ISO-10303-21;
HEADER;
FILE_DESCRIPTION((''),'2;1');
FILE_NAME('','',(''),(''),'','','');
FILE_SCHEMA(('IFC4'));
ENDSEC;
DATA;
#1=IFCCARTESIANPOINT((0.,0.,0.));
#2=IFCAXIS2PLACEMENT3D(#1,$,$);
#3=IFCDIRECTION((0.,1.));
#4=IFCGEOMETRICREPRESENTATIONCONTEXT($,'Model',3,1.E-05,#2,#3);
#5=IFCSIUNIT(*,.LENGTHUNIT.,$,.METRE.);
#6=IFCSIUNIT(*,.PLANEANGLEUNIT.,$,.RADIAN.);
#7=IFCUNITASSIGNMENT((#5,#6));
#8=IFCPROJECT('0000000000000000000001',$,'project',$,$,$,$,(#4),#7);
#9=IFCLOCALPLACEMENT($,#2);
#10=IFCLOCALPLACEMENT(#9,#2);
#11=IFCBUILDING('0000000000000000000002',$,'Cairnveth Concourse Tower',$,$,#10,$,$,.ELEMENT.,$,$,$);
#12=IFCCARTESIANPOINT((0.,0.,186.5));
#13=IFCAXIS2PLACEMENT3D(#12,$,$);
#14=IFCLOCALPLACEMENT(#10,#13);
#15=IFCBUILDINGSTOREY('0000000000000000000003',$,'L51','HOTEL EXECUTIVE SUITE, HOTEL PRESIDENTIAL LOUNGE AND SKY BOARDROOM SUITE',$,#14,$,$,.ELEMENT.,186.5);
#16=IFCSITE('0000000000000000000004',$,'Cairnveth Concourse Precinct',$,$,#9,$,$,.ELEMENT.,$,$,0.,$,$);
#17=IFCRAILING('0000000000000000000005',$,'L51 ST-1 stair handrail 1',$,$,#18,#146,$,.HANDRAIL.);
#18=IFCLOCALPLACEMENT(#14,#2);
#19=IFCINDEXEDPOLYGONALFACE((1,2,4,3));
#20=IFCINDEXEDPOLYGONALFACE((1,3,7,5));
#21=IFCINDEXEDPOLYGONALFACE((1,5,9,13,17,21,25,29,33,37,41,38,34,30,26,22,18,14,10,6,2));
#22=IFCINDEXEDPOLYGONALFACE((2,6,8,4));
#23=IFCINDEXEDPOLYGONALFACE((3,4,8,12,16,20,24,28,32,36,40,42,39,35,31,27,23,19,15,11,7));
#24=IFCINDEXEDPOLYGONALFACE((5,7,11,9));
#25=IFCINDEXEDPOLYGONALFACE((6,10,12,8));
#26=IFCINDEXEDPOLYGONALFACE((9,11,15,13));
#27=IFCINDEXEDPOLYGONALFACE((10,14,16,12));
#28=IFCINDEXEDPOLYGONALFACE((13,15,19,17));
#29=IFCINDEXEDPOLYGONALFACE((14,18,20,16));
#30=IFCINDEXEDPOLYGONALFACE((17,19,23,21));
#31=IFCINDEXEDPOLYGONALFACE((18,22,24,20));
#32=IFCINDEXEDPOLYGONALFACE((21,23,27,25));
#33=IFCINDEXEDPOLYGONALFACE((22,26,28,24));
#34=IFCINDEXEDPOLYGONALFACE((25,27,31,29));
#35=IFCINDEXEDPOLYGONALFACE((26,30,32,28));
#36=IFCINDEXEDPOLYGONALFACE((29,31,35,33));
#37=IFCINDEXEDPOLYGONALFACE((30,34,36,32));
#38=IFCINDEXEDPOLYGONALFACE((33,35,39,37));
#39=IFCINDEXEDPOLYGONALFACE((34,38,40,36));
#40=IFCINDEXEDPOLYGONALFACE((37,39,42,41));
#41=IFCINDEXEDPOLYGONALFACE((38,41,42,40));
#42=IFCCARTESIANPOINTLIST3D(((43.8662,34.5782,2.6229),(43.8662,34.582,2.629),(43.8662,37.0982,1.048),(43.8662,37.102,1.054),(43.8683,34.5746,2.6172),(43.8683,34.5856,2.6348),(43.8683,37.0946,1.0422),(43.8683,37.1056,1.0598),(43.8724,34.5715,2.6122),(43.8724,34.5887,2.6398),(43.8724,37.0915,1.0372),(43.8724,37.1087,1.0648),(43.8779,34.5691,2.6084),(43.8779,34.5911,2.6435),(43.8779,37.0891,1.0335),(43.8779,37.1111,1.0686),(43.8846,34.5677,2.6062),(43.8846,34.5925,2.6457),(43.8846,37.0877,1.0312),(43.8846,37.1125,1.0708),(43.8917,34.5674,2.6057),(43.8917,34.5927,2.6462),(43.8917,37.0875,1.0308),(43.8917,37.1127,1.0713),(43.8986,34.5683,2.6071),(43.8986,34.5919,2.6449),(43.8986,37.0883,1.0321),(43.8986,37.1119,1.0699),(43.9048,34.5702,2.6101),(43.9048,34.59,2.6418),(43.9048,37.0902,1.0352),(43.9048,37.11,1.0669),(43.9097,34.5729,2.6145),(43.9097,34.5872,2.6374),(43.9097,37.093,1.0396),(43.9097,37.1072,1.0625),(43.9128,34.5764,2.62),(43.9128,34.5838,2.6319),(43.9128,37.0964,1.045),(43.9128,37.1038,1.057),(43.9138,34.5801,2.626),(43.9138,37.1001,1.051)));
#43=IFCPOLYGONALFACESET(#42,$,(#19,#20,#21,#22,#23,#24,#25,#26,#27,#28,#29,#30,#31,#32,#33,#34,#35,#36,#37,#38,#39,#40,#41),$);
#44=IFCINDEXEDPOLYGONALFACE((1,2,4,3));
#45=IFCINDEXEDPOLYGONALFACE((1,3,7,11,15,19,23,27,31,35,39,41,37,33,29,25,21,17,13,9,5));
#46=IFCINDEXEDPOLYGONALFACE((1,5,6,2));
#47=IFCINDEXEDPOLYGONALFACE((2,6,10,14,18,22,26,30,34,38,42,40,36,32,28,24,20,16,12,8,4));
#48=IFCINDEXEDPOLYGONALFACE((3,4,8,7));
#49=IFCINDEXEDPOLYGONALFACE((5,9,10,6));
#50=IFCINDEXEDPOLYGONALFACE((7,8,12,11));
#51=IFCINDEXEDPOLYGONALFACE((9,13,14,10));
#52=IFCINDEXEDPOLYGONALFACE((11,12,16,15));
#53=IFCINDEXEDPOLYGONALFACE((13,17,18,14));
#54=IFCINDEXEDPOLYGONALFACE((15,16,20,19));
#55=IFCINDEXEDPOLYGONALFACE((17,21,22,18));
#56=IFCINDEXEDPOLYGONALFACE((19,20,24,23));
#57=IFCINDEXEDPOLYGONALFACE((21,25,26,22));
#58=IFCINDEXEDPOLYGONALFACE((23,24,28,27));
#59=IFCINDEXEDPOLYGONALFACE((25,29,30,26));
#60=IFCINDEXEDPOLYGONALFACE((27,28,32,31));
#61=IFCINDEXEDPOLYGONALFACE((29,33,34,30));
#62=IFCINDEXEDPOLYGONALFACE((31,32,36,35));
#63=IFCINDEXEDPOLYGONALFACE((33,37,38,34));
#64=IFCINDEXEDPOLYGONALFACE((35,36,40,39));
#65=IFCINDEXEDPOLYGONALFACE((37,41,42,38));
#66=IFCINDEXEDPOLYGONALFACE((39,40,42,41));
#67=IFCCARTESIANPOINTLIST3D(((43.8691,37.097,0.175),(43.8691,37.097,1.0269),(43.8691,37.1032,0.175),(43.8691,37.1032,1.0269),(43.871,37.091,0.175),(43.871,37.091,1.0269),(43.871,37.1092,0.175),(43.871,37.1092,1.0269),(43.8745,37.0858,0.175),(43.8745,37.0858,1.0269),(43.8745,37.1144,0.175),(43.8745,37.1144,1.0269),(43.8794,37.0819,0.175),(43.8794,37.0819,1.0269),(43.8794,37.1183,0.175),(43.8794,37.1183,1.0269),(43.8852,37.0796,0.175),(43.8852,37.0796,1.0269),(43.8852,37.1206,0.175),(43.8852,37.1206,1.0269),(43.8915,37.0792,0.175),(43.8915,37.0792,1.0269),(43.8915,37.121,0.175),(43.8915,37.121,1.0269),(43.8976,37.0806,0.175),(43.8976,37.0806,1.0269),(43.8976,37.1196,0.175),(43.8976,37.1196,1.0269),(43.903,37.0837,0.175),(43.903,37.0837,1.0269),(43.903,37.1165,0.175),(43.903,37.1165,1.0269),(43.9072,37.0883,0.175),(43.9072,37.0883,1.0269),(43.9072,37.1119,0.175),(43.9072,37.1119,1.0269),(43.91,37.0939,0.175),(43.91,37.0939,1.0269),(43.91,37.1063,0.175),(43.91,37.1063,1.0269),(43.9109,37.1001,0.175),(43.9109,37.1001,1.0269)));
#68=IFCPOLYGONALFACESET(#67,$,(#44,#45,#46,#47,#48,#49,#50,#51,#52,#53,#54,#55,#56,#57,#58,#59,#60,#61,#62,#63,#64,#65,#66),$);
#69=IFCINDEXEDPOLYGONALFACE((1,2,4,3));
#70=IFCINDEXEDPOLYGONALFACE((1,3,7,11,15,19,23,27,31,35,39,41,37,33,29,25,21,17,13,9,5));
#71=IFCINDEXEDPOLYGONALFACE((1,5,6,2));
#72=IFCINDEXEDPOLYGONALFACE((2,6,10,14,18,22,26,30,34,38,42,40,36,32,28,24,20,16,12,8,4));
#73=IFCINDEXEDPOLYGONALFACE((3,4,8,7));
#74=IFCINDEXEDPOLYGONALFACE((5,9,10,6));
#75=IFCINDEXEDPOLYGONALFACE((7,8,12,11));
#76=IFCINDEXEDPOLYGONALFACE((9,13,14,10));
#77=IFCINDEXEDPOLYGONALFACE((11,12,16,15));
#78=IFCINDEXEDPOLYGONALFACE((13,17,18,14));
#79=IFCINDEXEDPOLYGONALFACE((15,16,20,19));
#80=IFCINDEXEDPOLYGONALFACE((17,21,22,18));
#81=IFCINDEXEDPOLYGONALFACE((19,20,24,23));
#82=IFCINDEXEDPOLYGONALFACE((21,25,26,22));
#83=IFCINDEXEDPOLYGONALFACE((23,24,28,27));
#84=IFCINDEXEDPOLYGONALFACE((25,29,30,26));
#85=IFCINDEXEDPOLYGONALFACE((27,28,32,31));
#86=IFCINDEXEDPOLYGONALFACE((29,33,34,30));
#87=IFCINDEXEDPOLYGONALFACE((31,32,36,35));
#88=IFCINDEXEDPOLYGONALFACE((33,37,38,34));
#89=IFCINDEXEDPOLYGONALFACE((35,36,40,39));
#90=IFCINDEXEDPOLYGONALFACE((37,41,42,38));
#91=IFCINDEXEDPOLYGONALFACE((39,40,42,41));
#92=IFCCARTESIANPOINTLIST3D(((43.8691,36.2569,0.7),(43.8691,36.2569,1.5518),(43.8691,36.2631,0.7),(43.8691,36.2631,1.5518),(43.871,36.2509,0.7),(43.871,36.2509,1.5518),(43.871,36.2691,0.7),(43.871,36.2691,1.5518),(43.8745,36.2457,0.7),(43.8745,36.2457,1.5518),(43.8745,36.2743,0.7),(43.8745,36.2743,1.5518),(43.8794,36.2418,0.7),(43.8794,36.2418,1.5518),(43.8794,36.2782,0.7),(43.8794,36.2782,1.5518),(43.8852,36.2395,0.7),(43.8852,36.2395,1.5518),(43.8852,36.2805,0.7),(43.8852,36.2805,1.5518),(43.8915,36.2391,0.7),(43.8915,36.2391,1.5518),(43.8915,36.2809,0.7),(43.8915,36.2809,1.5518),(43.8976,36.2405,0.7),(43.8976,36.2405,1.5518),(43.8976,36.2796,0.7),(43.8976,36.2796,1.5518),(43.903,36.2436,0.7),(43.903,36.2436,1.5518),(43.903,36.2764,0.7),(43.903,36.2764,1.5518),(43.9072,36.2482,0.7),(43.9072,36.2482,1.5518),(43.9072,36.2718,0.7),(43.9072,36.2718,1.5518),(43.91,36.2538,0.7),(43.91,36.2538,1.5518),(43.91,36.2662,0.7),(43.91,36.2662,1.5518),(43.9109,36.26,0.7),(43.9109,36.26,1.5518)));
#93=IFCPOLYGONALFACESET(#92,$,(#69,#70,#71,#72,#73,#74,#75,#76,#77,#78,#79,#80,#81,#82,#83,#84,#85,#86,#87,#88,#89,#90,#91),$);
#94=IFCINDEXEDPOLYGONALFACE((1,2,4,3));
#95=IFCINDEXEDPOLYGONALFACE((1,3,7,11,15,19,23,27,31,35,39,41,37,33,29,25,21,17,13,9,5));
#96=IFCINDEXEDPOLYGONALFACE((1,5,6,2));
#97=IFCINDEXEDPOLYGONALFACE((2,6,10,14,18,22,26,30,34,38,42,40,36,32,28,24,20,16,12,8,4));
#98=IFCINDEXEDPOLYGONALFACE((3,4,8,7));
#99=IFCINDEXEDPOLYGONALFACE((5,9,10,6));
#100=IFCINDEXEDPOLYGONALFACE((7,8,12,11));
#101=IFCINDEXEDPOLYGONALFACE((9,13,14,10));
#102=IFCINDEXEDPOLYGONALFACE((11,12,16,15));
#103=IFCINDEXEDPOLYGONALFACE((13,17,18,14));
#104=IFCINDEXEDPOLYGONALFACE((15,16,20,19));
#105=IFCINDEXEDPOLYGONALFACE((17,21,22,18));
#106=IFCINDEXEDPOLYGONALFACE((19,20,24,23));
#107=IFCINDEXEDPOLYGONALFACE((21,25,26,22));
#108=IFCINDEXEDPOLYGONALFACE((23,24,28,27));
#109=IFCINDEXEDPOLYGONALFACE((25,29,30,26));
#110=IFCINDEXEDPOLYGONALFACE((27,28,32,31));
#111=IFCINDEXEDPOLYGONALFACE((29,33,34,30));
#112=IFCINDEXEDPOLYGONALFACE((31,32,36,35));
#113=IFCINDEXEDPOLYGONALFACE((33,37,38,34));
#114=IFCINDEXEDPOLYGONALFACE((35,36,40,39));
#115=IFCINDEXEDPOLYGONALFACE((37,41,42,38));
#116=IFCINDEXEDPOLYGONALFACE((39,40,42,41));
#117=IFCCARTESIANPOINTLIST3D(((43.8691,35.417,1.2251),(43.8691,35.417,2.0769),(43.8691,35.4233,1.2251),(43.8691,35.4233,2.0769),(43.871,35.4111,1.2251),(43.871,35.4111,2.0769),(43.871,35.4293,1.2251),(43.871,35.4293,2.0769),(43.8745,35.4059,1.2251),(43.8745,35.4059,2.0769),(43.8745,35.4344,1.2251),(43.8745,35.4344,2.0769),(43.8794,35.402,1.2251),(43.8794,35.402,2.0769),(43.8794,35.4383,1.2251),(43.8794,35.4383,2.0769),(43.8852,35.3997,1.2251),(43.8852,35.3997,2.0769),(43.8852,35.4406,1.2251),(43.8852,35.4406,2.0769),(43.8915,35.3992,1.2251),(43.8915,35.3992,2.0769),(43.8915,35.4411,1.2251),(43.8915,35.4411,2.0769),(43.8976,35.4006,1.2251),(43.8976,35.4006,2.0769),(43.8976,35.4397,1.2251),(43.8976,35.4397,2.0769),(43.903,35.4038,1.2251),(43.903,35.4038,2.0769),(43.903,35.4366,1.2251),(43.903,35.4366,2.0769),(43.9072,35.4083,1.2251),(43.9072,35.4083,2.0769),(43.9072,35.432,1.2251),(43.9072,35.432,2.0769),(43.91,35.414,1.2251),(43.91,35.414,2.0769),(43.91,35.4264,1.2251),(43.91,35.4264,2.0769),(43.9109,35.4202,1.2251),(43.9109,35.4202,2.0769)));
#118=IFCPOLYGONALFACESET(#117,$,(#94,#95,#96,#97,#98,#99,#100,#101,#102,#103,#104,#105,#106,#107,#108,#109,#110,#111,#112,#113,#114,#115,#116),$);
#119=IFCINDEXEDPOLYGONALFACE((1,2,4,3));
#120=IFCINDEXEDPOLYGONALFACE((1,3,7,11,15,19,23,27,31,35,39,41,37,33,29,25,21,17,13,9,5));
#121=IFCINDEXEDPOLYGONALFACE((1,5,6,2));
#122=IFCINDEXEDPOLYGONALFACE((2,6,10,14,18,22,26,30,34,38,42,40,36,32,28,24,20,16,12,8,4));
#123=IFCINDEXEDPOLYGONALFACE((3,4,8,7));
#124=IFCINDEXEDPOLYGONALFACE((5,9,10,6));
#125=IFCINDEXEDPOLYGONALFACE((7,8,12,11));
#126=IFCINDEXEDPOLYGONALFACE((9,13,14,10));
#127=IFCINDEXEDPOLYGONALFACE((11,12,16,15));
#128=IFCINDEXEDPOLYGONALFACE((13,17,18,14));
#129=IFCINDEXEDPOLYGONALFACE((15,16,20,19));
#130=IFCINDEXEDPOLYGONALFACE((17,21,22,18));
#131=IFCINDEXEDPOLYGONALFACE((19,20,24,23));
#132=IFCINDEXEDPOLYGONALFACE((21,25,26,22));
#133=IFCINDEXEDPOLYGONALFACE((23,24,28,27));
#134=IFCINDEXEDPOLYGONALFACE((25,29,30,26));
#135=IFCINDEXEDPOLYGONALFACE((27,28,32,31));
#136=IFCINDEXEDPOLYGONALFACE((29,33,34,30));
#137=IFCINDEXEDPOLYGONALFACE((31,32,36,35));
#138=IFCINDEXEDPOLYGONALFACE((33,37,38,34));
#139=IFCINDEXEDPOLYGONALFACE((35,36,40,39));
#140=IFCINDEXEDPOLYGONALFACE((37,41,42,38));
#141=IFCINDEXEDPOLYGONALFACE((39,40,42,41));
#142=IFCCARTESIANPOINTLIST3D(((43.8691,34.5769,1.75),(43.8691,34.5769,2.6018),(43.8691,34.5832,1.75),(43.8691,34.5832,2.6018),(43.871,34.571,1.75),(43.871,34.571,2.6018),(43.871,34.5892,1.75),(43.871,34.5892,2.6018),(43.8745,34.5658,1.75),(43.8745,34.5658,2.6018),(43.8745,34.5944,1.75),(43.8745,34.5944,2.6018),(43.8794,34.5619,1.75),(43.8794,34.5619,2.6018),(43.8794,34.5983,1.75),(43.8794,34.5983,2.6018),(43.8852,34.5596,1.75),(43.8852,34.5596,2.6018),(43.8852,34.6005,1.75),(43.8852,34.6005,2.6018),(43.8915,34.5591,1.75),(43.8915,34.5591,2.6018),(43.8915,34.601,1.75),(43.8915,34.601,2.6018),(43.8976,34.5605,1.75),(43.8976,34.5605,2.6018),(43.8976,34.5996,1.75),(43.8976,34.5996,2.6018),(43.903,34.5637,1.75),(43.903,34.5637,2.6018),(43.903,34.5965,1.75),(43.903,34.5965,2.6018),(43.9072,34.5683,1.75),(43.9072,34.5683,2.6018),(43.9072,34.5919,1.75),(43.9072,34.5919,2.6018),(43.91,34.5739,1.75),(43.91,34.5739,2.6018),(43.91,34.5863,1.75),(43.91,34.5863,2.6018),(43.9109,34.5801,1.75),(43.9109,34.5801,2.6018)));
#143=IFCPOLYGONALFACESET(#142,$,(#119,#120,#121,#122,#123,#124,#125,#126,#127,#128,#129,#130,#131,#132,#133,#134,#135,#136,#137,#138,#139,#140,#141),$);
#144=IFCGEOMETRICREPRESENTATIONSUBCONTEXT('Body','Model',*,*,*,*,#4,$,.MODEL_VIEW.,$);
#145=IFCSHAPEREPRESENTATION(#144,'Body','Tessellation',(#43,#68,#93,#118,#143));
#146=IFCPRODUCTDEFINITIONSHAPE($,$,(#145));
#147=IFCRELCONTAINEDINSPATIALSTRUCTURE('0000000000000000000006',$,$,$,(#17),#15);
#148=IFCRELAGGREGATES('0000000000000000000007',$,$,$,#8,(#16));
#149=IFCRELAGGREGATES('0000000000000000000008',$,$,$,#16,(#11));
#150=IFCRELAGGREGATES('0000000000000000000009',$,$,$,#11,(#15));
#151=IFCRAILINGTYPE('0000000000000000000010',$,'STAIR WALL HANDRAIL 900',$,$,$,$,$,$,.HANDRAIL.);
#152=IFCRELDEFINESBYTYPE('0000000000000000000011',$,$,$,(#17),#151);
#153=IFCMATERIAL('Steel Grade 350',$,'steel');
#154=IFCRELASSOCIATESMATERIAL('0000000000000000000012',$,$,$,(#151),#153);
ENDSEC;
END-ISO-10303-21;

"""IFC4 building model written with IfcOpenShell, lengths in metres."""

from ifc_helpers import new_model, si_unit, direction, frame, origin, origin_2d, place, context, subcontext, project, spatial, circle, extrude, material, type_object, element, save


model = new_model("IFC4")

# Units and contexts
model_context = context("Model", 3, precision=1e-05, world=origin(), true_north=direction((0.0, 1.0)))
body_context = subcontext(model_context, "Body", "Model", "MODEL_VIEW")
ifc_project = project(units=[si_unit("LENGTHUNIT", "METRE"), si_unit("PLANEANGLEUNIT", "RADIAN")], contexts=[model_context])

# Site, building, storey
site_placement = place(None, origin())
site = spatial("IfcSite", under=ifc_project, at=site_placement, Name="Cairnveth Concourse Precinct", CompositionType="ELEMENT", RefElevation=0.0)
building_placement = place(site_placement, origin())
building = spatial("IfcBuilding", under=site, at=building_placement, Name="Cairnveth Concourse Tower", CompositionType="ELEMENT")
storey_placement = place(building_placement, frame((0.0, 0.0, 186.5)))
storey = spatial("IfcBuildingStorey", under=building, at=storey_placement, Name="L51", Description="HOTEL EXECUTIVE SUITE, HOTEL PRESIDENTIAL LOUNGE AND SKY BOARDROOM SUITE", CompositionType="ELEMENT", Elevation=186.5)

# Shared definitions
ifc_material_1 = material(Name="Steel Grade 350", Category="steel")

# Railing
railing_type_1 = type_object("IfcRailingType", Name="STAIR WALL HANDRAIL 900", PredefinedType="HANDRAIL", material=ifc_material_1)
railing_1_placement = place(storey_placement, frame((43.8899, 37.1001, 0.175)))
element("IfcRailing", 1, at=railing_1_placement, inside=storey, type_object=railing_type_1, Name="L51 ST-1 stair handrail 1", PredefinedType="HANDRAIL", context=body_context, shape_type="SweptSolid", body=[
    extrude(circle(Radius=0.0239, at=origin_2d()), frame((0.0, 0.0, 0.876), z_axis=(0.0, -0.848008, 0.529984), x_axis=(1.0, 0.0, 0.0)), (0.0, 0.0, 1.0), 2.9717),
    extrude(circle(Radius=0.021, at=origin_2d()), origin(), (0.0, 0.0, 1.0), 0.8518),
    extrude(circle(Radius=0.021, at=origin_2d()), frame((0.0, -0.8401, 0.5249)), (0.0, 0.0, 1.0), 0.8518),
    extrude(circle(Radius=0.021, at=origin_2d()), frame((0.0, -1.6799, 1.05)), (0.0, 0.0, 1.0), 0.8518),
    extrude(circle(Radius=0.021, at=origin_2d()), frame((0.0, -2.52, 1.575)), (0.0, 0.0, 1.0), 0.8518),
])

save(model, "model.ifc")
